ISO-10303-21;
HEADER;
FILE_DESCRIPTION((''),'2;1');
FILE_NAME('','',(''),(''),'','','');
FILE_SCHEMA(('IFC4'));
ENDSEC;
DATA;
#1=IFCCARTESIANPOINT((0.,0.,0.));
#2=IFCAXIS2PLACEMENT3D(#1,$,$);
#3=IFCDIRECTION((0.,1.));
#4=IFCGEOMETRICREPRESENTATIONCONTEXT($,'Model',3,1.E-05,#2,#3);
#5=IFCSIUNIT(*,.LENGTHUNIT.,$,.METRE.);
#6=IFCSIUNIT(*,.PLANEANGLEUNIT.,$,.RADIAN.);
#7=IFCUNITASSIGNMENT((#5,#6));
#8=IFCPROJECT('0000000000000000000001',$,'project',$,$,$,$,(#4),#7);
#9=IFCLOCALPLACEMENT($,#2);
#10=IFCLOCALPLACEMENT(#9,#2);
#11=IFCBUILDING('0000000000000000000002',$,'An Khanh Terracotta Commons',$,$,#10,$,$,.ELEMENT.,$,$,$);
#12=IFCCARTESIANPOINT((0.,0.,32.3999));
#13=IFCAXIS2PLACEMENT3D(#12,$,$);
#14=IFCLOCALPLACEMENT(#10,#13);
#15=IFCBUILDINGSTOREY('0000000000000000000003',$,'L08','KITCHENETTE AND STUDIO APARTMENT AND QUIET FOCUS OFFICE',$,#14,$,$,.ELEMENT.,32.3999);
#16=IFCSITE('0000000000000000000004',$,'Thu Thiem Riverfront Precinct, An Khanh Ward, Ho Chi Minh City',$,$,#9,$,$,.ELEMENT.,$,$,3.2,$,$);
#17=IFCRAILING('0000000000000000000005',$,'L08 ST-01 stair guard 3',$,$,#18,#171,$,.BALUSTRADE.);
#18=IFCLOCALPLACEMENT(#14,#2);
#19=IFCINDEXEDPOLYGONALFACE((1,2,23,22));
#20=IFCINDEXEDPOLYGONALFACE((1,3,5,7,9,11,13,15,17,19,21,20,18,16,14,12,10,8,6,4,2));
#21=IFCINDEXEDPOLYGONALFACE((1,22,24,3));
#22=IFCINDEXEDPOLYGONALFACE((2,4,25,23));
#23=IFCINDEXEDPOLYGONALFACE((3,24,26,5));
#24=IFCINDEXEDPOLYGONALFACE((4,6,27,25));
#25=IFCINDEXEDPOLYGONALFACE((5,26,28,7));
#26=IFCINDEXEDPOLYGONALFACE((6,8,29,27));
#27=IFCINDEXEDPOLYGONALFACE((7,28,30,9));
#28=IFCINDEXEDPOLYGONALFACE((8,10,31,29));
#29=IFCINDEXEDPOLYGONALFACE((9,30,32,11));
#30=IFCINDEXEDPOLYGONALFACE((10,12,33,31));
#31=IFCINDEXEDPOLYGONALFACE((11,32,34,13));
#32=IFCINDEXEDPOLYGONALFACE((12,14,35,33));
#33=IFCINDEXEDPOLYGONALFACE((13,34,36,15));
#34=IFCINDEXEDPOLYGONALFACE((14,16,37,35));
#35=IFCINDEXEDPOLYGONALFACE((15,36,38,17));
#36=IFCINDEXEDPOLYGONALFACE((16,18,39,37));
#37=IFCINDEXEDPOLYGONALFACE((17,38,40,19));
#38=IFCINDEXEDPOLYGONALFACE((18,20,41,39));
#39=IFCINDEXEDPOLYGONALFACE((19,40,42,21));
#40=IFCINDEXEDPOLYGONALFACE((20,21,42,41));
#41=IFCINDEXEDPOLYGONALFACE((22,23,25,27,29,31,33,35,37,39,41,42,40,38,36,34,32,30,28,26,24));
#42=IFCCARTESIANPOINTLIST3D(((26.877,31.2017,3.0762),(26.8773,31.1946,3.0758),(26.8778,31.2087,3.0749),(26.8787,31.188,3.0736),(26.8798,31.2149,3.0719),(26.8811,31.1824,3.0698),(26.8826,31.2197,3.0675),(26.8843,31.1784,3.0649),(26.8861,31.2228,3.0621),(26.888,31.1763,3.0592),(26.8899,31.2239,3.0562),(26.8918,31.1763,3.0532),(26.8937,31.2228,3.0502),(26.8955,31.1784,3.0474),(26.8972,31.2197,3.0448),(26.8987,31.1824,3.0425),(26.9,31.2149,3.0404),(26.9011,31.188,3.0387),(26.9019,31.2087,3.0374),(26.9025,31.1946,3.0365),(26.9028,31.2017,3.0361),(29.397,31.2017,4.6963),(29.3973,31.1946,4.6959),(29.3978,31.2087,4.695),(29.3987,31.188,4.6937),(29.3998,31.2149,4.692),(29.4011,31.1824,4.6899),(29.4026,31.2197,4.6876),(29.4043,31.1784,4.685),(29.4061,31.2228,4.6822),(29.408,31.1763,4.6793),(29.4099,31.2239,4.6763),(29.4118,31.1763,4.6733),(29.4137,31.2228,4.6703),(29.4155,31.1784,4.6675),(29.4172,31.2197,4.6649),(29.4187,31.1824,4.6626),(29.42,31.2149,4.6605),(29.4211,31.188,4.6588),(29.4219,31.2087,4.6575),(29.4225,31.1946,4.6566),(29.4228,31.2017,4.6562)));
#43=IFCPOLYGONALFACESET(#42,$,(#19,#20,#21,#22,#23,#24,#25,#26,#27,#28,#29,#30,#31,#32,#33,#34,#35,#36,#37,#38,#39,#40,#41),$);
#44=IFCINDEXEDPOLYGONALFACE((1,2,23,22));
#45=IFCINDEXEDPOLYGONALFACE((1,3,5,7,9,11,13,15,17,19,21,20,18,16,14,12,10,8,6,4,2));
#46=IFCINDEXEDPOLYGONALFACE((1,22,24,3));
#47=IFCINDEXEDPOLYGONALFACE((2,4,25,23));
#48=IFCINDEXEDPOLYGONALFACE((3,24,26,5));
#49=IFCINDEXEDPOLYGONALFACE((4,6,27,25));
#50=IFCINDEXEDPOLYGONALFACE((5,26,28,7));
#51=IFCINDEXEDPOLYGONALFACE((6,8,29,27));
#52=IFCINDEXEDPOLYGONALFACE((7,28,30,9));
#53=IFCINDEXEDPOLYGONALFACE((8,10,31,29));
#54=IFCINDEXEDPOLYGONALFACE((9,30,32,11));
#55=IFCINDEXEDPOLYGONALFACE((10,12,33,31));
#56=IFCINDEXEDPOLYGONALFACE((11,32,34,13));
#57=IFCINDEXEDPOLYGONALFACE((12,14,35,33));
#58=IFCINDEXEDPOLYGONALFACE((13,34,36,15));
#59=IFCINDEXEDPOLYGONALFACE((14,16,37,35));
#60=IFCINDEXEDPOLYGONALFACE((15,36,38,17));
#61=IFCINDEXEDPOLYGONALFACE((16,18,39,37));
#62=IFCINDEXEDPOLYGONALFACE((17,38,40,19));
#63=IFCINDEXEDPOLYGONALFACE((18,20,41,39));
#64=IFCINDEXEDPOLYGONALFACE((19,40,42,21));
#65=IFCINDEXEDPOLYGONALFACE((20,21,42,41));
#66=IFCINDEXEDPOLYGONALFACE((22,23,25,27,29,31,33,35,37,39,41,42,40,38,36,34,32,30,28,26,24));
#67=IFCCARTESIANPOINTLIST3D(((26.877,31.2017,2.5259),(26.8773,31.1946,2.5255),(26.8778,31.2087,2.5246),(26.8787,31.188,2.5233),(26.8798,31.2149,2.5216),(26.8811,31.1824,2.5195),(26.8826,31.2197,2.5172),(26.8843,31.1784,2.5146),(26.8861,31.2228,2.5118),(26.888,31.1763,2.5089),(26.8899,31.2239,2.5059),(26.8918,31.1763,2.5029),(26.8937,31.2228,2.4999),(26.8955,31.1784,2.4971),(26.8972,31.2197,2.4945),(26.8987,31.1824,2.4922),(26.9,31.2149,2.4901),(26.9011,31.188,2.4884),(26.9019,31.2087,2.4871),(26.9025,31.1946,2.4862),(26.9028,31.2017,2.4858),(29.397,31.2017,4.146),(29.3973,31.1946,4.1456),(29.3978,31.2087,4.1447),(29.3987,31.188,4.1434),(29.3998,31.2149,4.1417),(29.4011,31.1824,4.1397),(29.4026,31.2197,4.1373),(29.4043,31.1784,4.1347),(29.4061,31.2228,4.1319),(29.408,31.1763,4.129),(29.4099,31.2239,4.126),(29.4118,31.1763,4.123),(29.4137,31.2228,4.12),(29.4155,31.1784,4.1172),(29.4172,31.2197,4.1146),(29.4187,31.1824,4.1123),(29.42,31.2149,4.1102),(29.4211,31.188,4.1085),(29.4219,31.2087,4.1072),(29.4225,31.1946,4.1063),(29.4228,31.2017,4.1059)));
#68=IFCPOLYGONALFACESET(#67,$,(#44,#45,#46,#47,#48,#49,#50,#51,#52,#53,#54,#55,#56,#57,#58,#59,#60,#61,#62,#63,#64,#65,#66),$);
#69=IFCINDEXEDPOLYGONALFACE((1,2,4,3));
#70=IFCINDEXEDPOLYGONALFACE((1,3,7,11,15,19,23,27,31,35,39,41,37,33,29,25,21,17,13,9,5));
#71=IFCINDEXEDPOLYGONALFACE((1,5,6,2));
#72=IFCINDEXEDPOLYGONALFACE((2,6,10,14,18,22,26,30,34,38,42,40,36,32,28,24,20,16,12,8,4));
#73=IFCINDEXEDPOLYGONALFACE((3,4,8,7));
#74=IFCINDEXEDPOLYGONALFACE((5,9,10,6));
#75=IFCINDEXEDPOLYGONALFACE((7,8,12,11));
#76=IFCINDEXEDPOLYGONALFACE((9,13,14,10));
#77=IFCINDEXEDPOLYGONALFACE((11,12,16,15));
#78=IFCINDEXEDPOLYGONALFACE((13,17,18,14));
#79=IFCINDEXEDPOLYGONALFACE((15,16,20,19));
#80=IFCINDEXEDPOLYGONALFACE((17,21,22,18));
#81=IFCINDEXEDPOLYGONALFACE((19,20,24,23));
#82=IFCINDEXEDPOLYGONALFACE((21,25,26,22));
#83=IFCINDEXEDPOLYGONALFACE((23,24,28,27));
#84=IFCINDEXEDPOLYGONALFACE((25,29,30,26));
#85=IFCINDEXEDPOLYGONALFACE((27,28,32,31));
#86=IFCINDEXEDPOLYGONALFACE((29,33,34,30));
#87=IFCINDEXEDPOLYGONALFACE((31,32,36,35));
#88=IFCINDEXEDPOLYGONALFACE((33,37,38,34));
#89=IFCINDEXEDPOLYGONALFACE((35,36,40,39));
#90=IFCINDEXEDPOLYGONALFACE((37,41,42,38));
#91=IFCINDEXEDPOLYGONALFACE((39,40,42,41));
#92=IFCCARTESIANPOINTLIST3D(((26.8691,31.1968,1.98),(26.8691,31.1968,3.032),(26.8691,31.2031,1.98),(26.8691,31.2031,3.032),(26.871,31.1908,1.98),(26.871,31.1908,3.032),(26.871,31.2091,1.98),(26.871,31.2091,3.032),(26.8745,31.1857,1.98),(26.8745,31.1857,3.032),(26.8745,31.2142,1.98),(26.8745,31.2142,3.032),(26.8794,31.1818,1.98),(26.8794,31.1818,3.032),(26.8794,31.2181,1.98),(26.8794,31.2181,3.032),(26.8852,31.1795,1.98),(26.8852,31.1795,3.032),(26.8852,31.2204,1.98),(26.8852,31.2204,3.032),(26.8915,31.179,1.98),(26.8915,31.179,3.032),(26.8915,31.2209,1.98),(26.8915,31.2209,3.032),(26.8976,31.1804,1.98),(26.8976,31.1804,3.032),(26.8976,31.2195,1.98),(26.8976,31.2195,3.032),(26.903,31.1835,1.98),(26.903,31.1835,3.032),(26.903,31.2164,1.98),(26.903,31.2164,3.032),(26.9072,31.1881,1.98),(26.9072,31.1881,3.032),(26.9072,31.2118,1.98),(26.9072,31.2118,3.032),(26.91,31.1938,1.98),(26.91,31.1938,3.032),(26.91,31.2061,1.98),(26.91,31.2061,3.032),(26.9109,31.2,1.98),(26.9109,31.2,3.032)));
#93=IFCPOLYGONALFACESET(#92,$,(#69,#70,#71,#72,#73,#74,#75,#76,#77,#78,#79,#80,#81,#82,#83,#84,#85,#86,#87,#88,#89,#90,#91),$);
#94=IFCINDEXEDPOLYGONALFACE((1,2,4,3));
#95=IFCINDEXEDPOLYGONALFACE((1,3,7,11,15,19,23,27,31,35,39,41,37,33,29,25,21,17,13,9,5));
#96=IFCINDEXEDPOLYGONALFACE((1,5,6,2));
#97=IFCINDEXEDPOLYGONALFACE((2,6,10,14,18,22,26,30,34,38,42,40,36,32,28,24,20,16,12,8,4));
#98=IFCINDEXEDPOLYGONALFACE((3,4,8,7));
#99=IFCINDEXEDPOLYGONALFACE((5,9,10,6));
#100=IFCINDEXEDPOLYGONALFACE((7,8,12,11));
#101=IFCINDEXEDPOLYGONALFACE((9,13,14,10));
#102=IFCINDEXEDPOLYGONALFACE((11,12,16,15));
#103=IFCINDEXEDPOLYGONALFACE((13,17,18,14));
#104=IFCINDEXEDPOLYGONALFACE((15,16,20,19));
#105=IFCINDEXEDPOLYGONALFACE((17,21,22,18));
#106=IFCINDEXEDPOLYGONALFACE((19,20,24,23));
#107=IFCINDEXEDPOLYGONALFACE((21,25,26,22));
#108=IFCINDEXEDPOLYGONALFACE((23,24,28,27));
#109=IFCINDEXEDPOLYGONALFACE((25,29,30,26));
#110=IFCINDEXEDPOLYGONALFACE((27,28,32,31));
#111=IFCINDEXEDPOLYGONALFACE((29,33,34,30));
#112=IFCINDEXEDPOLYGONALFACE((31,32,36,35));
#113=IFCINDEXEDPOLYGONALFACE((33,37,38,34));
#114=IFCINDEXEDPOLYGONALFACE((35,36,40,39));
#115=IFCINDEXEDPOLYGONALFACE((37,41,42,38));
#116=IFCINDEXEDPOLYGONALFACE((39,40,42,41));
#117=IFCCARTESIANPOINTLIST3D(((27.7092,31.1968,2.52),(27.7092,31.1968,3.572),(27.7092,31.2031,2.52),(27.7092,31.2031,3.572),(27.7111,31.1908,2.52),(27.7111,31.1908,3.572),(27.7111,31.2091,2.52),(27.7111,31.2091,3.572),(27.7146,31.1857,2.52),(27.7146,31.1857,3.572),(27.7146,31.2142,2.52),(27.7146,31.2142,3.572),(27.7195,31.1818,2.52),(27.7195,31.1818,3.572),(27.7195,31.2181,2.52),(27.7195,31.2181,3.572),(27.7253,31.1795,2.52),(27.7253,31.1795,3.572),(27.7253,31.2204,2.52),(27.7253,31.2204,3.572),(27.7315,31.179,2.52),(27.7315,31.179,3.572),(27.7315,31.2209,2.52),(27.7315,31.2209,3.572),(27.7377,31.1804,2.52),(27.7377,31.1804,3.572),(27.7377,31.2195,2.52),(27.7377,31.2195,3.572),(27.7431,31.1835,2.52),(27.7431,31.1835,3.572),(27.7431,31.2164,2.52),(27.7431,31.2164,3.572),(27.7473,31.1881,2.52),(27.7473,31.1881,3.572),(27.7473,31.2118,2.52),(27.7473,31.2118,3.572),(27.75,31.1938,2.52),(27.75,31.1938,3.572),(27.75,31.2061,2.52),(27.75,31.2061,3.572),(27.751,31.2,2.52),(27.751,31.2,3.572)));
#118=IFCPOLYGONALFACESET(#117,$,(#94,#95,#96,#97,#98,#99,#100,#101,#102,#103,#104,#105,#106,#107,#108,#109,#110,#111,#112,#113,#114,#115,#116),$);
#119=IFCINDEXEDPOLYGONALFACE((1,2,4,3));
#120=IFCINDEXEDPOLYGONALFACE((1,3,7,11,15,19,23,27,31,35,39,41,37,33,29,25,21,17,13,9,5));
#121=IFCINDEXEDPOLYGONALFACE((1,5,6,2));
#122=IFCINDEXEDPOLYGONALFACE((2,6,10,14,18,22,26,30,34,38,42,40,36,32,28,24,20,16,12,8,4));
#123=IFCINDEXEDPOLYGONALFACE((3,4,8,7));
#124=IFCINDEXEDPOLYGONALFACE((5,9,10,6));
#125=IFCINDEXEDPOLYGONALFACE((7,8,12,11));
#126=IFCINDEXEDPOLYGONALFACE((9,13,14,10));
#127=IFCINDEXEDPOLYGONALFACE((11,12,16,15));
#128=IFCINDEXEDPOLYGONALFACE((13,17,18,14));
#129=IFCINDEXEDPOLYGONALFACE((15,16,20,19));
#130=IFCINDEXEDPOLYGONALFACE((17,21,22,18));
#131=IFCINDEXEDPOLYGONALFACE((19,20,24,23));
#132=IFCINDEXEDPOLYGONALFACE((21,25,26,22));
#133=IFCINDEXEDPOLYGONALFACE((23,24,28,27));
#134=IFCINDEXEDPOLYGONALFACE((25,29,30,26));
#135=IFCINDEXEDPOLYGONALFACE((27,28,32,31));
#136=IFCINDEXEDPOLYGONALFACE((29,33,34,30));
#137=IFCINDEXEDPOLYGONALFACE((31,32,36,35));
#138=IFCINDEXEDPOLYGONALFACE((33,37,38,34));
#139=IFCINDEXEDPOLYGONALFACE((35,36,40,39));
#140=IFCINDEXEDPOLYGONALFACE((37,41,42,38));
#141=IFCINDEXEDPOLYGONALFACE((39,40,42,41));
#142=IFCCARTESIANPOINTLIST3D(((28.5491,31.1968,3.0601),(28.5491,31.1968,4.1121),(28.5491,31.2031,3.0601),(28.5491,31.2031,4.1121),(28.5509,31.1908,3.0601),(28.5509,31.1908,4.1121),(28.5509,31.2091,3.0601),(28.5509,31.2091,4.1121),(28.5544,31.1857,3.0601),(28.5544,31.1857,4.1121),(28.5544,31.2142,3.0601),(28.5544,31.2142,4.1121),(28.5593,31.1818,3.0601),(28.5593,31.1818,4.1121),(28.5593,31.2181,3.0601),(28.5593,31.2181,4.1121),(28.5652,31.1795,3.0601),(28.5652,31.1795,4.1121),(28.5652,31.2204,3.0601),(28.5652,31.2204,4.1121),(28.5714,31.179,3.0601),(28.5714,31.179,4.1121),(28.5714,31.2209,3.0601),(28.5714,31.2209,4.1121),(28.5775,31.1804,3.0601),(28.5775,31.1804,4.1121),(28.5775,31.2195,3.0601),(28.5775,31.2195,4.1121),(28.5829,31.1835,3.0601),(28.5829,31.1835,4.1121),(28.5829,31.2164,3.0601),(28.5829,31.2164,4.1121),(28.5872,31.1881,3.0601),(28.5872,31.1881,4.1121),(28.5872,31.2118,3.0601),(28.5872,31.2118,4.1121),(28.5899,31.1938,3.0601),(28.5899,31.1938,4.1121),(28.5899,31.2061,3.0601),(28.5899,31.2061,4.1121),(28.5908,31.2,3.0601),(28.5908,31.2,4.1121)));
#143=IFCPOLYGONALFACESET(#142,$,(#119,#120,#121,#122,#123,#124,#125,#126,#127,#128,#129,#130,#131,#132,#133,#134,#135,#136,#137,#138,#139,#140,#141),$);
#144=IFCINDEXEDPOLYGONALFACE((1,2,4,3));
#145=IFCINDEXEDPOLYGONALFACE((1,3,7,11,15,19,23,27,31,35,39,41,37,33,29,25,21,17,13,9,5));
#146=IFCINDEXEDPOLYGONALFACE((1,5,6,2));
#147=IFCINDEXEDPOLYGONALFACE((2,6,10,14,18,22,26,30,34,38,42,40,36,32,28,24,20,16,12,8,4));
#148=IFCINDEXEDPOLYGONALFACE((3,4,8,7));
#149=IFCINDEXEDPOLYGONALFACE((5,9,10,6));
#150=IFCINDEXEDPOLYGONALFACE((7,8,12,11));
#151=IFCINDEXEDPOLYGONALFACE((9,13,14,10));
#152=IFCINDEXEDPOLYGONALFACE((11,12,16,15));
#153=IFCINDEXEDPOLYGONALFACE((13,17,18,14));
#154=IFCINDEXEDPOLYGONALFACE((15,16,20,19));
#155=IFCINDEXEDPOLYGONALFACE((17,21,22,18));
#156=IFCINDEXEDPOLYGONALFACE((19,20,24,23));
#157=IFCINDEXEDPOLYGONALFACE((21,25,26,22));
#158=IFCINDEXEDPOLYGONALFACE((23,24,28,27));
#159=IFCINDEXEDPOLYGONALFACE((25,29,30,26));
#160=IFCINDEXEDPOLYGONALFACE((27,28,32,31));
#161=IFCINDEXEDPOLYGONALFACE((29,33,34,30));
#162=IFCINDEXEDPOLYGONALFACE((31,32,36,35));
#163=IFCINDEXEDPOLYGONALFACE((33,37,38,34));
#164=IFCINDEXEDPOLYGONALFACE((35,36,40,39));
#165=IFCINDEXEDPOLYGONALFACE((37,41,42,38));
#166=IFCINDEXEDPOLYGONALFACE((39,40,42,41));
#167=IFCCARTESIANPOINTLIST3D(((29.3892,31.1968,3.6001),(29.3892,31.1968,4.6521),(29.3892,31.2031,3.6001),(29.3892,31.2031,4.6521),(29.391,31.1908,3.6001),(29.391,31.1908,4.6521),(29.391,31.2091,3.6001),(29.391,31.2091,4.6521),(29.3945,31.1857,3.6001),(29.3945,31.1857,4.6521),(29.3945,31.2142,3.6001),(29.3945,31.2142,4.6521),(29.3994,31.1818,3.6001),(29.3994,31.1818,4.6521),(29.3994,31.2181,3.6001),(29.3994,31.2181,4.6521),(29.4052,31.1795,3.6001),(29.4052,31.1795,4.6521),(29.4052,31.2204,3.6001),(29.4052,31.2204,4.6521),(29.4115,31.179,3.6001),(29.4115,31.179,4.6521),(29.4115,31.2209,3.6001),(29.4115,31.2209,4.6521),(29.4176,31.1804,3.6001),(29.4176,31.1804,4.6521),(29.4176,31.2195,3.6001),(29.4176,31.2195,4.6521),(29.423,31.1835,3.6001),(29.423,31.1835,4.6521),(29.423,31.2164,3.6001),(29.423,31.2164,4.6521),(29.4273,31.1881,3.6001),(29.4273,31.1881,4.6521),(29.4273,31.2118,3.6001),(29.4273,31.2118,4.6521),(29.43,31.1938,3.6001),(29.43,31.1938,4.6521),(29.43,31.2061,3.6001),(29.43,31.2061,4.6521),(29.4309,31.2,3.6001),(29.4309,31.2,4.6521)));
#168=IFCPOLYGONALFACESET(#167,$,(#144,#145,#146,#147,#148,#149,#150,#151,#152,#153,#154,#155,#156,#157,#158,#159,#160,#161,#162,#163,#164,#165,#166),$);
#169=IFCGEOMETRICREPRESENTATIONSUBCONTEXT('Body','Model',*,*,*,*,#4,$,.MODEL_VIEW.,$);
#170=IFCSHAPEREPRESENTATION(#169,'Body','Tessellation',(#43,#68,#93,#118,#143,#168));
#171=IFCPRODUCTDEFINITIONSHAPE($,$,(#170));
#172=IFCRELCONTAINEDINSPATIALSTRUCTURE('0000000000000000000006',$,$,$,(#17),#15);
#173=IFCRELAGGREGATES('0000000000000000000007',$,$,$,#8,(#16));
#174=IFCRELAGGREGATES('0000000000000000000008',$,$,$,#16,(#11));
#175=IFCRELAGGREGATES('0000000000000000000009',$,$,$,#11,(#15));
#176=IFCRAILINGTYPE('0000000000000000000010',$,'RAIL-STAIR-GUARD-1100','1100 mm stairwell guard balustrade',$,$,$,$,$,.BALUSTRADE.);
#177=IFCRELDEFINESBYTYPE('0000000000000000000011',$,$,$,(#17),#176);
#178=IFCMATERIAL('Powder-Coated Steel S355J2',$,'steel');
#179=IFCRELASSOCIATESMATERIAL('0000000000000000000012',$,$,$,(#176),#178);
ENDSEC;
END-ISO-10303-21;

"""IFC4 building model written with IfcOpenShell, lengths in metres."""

from ifc_helpers import new_model, si_unit, direction, frame, origin, origin_2d, place, context, subcontext, project, spatial, circle, extrude, material, type_object, element, save


model = new_model("IFC4")

# Units and contexts
model_context = context("Model", 3, precision=1e-05, world=origin(), true_north=direction((0.0, 1.0)))
body_context = subcontext(model_context, "Body", "Model", "MODEL_VIEW")
ifc_project = project(units=[si_unit("LENGTHUNIT", "METRE"), si_unit("PLANEANGLEUNIT", "RADIAN")], contexts=[model_context])

# Site, building, storey
site_placement = place(None, origin())
site = spatial("IfcSite", under=ifc_project, at=site_placement, Name="Thu Thiem Riverfront Precinct, An Khanh Ward, Ho Chi Minh City", CompositionType="ELEMENT", RefElevation=3.2)
building_placement = place(site_placement, origin())
building = spatial("IfcBuilding", under=site, at=building_placement, Name="An Khanh Terracotta Commons", CompositionType="ELEMENT")
storey_placement = place(building_placement, frame((0.0, 0.0, 32.3999)))
storey = spatial("IfcBuildingStorey", under=building, at=storey_placement, Name="L08", Description="KITCHENETTE AND STUDIO APARTMENT AND QUIET FOCUS OFFICE", CompositionType="ELEMENT", Elevation=32.3999)

# Railing
ifc_material_1 = material(Name="Powder-Coated Steel S355J2", Category="steel")
railing_type_1 = type_object("IfcRailingType", Name="RAIL-STAIR-GUARD-1100", Description="1100 mm stairwell guard balustrade", PredefinedType="BALUSTRADE", material=ifc_material_1)
railing_1_placement = place(storey_placement, frame((26.8899, 31.2, 1.98)))
element("IfcRailing", 1, at=railing_1_placement, inside=storey, type_object=railing_type_1, Name="L08 ST-01 stair guard 3", PredefinedType="BALUSTRADE", context=body_context, shape_type="SweptSolid", body=[
    extrude(circle(Radius=0.0239, at=origin_2d()), frame((0.0, 0.0, 1.0762), z_axis=(0.841163, 0.0, 0.540782), x_axis=(0.0, 1.0, 0.0)), (0.0, 0.0, 1.0), 2.9958),
    extrude(circle(Radius=0.0239, at=origin_2d()), frame((0.0, 0.0, 0.5259), z_axis=(0.841163, 0.0, 0.540782), x_axis=(0.0, 1.0, 0.0)), (0.0, 0.0, 1.0), 2.9958),
    extrude(circle(Radius=0.021, at=origin_2d()), origin(), (0.0, 0.0, 1.0), 1.052),
    extrude(circle(Radius=0.021, at=origin_2d()), frame((0.8401, 0.0, 0.54)), (0.0, 0.0, 1.0), 1.052),
    extrude(circle(Radius=0.021, at=origin_2d()), frame((1.6799, 0.0, 1.0801)), (0.0, 0.0, 1.0), 1.052),
    extrude(circle(Radius=0.021, at=origin_2d()), frame((2.52, 0.0, 1.6201)), (0.0, 0.0, 1.0), 1.052),
])

save(model, "model.ifc")
